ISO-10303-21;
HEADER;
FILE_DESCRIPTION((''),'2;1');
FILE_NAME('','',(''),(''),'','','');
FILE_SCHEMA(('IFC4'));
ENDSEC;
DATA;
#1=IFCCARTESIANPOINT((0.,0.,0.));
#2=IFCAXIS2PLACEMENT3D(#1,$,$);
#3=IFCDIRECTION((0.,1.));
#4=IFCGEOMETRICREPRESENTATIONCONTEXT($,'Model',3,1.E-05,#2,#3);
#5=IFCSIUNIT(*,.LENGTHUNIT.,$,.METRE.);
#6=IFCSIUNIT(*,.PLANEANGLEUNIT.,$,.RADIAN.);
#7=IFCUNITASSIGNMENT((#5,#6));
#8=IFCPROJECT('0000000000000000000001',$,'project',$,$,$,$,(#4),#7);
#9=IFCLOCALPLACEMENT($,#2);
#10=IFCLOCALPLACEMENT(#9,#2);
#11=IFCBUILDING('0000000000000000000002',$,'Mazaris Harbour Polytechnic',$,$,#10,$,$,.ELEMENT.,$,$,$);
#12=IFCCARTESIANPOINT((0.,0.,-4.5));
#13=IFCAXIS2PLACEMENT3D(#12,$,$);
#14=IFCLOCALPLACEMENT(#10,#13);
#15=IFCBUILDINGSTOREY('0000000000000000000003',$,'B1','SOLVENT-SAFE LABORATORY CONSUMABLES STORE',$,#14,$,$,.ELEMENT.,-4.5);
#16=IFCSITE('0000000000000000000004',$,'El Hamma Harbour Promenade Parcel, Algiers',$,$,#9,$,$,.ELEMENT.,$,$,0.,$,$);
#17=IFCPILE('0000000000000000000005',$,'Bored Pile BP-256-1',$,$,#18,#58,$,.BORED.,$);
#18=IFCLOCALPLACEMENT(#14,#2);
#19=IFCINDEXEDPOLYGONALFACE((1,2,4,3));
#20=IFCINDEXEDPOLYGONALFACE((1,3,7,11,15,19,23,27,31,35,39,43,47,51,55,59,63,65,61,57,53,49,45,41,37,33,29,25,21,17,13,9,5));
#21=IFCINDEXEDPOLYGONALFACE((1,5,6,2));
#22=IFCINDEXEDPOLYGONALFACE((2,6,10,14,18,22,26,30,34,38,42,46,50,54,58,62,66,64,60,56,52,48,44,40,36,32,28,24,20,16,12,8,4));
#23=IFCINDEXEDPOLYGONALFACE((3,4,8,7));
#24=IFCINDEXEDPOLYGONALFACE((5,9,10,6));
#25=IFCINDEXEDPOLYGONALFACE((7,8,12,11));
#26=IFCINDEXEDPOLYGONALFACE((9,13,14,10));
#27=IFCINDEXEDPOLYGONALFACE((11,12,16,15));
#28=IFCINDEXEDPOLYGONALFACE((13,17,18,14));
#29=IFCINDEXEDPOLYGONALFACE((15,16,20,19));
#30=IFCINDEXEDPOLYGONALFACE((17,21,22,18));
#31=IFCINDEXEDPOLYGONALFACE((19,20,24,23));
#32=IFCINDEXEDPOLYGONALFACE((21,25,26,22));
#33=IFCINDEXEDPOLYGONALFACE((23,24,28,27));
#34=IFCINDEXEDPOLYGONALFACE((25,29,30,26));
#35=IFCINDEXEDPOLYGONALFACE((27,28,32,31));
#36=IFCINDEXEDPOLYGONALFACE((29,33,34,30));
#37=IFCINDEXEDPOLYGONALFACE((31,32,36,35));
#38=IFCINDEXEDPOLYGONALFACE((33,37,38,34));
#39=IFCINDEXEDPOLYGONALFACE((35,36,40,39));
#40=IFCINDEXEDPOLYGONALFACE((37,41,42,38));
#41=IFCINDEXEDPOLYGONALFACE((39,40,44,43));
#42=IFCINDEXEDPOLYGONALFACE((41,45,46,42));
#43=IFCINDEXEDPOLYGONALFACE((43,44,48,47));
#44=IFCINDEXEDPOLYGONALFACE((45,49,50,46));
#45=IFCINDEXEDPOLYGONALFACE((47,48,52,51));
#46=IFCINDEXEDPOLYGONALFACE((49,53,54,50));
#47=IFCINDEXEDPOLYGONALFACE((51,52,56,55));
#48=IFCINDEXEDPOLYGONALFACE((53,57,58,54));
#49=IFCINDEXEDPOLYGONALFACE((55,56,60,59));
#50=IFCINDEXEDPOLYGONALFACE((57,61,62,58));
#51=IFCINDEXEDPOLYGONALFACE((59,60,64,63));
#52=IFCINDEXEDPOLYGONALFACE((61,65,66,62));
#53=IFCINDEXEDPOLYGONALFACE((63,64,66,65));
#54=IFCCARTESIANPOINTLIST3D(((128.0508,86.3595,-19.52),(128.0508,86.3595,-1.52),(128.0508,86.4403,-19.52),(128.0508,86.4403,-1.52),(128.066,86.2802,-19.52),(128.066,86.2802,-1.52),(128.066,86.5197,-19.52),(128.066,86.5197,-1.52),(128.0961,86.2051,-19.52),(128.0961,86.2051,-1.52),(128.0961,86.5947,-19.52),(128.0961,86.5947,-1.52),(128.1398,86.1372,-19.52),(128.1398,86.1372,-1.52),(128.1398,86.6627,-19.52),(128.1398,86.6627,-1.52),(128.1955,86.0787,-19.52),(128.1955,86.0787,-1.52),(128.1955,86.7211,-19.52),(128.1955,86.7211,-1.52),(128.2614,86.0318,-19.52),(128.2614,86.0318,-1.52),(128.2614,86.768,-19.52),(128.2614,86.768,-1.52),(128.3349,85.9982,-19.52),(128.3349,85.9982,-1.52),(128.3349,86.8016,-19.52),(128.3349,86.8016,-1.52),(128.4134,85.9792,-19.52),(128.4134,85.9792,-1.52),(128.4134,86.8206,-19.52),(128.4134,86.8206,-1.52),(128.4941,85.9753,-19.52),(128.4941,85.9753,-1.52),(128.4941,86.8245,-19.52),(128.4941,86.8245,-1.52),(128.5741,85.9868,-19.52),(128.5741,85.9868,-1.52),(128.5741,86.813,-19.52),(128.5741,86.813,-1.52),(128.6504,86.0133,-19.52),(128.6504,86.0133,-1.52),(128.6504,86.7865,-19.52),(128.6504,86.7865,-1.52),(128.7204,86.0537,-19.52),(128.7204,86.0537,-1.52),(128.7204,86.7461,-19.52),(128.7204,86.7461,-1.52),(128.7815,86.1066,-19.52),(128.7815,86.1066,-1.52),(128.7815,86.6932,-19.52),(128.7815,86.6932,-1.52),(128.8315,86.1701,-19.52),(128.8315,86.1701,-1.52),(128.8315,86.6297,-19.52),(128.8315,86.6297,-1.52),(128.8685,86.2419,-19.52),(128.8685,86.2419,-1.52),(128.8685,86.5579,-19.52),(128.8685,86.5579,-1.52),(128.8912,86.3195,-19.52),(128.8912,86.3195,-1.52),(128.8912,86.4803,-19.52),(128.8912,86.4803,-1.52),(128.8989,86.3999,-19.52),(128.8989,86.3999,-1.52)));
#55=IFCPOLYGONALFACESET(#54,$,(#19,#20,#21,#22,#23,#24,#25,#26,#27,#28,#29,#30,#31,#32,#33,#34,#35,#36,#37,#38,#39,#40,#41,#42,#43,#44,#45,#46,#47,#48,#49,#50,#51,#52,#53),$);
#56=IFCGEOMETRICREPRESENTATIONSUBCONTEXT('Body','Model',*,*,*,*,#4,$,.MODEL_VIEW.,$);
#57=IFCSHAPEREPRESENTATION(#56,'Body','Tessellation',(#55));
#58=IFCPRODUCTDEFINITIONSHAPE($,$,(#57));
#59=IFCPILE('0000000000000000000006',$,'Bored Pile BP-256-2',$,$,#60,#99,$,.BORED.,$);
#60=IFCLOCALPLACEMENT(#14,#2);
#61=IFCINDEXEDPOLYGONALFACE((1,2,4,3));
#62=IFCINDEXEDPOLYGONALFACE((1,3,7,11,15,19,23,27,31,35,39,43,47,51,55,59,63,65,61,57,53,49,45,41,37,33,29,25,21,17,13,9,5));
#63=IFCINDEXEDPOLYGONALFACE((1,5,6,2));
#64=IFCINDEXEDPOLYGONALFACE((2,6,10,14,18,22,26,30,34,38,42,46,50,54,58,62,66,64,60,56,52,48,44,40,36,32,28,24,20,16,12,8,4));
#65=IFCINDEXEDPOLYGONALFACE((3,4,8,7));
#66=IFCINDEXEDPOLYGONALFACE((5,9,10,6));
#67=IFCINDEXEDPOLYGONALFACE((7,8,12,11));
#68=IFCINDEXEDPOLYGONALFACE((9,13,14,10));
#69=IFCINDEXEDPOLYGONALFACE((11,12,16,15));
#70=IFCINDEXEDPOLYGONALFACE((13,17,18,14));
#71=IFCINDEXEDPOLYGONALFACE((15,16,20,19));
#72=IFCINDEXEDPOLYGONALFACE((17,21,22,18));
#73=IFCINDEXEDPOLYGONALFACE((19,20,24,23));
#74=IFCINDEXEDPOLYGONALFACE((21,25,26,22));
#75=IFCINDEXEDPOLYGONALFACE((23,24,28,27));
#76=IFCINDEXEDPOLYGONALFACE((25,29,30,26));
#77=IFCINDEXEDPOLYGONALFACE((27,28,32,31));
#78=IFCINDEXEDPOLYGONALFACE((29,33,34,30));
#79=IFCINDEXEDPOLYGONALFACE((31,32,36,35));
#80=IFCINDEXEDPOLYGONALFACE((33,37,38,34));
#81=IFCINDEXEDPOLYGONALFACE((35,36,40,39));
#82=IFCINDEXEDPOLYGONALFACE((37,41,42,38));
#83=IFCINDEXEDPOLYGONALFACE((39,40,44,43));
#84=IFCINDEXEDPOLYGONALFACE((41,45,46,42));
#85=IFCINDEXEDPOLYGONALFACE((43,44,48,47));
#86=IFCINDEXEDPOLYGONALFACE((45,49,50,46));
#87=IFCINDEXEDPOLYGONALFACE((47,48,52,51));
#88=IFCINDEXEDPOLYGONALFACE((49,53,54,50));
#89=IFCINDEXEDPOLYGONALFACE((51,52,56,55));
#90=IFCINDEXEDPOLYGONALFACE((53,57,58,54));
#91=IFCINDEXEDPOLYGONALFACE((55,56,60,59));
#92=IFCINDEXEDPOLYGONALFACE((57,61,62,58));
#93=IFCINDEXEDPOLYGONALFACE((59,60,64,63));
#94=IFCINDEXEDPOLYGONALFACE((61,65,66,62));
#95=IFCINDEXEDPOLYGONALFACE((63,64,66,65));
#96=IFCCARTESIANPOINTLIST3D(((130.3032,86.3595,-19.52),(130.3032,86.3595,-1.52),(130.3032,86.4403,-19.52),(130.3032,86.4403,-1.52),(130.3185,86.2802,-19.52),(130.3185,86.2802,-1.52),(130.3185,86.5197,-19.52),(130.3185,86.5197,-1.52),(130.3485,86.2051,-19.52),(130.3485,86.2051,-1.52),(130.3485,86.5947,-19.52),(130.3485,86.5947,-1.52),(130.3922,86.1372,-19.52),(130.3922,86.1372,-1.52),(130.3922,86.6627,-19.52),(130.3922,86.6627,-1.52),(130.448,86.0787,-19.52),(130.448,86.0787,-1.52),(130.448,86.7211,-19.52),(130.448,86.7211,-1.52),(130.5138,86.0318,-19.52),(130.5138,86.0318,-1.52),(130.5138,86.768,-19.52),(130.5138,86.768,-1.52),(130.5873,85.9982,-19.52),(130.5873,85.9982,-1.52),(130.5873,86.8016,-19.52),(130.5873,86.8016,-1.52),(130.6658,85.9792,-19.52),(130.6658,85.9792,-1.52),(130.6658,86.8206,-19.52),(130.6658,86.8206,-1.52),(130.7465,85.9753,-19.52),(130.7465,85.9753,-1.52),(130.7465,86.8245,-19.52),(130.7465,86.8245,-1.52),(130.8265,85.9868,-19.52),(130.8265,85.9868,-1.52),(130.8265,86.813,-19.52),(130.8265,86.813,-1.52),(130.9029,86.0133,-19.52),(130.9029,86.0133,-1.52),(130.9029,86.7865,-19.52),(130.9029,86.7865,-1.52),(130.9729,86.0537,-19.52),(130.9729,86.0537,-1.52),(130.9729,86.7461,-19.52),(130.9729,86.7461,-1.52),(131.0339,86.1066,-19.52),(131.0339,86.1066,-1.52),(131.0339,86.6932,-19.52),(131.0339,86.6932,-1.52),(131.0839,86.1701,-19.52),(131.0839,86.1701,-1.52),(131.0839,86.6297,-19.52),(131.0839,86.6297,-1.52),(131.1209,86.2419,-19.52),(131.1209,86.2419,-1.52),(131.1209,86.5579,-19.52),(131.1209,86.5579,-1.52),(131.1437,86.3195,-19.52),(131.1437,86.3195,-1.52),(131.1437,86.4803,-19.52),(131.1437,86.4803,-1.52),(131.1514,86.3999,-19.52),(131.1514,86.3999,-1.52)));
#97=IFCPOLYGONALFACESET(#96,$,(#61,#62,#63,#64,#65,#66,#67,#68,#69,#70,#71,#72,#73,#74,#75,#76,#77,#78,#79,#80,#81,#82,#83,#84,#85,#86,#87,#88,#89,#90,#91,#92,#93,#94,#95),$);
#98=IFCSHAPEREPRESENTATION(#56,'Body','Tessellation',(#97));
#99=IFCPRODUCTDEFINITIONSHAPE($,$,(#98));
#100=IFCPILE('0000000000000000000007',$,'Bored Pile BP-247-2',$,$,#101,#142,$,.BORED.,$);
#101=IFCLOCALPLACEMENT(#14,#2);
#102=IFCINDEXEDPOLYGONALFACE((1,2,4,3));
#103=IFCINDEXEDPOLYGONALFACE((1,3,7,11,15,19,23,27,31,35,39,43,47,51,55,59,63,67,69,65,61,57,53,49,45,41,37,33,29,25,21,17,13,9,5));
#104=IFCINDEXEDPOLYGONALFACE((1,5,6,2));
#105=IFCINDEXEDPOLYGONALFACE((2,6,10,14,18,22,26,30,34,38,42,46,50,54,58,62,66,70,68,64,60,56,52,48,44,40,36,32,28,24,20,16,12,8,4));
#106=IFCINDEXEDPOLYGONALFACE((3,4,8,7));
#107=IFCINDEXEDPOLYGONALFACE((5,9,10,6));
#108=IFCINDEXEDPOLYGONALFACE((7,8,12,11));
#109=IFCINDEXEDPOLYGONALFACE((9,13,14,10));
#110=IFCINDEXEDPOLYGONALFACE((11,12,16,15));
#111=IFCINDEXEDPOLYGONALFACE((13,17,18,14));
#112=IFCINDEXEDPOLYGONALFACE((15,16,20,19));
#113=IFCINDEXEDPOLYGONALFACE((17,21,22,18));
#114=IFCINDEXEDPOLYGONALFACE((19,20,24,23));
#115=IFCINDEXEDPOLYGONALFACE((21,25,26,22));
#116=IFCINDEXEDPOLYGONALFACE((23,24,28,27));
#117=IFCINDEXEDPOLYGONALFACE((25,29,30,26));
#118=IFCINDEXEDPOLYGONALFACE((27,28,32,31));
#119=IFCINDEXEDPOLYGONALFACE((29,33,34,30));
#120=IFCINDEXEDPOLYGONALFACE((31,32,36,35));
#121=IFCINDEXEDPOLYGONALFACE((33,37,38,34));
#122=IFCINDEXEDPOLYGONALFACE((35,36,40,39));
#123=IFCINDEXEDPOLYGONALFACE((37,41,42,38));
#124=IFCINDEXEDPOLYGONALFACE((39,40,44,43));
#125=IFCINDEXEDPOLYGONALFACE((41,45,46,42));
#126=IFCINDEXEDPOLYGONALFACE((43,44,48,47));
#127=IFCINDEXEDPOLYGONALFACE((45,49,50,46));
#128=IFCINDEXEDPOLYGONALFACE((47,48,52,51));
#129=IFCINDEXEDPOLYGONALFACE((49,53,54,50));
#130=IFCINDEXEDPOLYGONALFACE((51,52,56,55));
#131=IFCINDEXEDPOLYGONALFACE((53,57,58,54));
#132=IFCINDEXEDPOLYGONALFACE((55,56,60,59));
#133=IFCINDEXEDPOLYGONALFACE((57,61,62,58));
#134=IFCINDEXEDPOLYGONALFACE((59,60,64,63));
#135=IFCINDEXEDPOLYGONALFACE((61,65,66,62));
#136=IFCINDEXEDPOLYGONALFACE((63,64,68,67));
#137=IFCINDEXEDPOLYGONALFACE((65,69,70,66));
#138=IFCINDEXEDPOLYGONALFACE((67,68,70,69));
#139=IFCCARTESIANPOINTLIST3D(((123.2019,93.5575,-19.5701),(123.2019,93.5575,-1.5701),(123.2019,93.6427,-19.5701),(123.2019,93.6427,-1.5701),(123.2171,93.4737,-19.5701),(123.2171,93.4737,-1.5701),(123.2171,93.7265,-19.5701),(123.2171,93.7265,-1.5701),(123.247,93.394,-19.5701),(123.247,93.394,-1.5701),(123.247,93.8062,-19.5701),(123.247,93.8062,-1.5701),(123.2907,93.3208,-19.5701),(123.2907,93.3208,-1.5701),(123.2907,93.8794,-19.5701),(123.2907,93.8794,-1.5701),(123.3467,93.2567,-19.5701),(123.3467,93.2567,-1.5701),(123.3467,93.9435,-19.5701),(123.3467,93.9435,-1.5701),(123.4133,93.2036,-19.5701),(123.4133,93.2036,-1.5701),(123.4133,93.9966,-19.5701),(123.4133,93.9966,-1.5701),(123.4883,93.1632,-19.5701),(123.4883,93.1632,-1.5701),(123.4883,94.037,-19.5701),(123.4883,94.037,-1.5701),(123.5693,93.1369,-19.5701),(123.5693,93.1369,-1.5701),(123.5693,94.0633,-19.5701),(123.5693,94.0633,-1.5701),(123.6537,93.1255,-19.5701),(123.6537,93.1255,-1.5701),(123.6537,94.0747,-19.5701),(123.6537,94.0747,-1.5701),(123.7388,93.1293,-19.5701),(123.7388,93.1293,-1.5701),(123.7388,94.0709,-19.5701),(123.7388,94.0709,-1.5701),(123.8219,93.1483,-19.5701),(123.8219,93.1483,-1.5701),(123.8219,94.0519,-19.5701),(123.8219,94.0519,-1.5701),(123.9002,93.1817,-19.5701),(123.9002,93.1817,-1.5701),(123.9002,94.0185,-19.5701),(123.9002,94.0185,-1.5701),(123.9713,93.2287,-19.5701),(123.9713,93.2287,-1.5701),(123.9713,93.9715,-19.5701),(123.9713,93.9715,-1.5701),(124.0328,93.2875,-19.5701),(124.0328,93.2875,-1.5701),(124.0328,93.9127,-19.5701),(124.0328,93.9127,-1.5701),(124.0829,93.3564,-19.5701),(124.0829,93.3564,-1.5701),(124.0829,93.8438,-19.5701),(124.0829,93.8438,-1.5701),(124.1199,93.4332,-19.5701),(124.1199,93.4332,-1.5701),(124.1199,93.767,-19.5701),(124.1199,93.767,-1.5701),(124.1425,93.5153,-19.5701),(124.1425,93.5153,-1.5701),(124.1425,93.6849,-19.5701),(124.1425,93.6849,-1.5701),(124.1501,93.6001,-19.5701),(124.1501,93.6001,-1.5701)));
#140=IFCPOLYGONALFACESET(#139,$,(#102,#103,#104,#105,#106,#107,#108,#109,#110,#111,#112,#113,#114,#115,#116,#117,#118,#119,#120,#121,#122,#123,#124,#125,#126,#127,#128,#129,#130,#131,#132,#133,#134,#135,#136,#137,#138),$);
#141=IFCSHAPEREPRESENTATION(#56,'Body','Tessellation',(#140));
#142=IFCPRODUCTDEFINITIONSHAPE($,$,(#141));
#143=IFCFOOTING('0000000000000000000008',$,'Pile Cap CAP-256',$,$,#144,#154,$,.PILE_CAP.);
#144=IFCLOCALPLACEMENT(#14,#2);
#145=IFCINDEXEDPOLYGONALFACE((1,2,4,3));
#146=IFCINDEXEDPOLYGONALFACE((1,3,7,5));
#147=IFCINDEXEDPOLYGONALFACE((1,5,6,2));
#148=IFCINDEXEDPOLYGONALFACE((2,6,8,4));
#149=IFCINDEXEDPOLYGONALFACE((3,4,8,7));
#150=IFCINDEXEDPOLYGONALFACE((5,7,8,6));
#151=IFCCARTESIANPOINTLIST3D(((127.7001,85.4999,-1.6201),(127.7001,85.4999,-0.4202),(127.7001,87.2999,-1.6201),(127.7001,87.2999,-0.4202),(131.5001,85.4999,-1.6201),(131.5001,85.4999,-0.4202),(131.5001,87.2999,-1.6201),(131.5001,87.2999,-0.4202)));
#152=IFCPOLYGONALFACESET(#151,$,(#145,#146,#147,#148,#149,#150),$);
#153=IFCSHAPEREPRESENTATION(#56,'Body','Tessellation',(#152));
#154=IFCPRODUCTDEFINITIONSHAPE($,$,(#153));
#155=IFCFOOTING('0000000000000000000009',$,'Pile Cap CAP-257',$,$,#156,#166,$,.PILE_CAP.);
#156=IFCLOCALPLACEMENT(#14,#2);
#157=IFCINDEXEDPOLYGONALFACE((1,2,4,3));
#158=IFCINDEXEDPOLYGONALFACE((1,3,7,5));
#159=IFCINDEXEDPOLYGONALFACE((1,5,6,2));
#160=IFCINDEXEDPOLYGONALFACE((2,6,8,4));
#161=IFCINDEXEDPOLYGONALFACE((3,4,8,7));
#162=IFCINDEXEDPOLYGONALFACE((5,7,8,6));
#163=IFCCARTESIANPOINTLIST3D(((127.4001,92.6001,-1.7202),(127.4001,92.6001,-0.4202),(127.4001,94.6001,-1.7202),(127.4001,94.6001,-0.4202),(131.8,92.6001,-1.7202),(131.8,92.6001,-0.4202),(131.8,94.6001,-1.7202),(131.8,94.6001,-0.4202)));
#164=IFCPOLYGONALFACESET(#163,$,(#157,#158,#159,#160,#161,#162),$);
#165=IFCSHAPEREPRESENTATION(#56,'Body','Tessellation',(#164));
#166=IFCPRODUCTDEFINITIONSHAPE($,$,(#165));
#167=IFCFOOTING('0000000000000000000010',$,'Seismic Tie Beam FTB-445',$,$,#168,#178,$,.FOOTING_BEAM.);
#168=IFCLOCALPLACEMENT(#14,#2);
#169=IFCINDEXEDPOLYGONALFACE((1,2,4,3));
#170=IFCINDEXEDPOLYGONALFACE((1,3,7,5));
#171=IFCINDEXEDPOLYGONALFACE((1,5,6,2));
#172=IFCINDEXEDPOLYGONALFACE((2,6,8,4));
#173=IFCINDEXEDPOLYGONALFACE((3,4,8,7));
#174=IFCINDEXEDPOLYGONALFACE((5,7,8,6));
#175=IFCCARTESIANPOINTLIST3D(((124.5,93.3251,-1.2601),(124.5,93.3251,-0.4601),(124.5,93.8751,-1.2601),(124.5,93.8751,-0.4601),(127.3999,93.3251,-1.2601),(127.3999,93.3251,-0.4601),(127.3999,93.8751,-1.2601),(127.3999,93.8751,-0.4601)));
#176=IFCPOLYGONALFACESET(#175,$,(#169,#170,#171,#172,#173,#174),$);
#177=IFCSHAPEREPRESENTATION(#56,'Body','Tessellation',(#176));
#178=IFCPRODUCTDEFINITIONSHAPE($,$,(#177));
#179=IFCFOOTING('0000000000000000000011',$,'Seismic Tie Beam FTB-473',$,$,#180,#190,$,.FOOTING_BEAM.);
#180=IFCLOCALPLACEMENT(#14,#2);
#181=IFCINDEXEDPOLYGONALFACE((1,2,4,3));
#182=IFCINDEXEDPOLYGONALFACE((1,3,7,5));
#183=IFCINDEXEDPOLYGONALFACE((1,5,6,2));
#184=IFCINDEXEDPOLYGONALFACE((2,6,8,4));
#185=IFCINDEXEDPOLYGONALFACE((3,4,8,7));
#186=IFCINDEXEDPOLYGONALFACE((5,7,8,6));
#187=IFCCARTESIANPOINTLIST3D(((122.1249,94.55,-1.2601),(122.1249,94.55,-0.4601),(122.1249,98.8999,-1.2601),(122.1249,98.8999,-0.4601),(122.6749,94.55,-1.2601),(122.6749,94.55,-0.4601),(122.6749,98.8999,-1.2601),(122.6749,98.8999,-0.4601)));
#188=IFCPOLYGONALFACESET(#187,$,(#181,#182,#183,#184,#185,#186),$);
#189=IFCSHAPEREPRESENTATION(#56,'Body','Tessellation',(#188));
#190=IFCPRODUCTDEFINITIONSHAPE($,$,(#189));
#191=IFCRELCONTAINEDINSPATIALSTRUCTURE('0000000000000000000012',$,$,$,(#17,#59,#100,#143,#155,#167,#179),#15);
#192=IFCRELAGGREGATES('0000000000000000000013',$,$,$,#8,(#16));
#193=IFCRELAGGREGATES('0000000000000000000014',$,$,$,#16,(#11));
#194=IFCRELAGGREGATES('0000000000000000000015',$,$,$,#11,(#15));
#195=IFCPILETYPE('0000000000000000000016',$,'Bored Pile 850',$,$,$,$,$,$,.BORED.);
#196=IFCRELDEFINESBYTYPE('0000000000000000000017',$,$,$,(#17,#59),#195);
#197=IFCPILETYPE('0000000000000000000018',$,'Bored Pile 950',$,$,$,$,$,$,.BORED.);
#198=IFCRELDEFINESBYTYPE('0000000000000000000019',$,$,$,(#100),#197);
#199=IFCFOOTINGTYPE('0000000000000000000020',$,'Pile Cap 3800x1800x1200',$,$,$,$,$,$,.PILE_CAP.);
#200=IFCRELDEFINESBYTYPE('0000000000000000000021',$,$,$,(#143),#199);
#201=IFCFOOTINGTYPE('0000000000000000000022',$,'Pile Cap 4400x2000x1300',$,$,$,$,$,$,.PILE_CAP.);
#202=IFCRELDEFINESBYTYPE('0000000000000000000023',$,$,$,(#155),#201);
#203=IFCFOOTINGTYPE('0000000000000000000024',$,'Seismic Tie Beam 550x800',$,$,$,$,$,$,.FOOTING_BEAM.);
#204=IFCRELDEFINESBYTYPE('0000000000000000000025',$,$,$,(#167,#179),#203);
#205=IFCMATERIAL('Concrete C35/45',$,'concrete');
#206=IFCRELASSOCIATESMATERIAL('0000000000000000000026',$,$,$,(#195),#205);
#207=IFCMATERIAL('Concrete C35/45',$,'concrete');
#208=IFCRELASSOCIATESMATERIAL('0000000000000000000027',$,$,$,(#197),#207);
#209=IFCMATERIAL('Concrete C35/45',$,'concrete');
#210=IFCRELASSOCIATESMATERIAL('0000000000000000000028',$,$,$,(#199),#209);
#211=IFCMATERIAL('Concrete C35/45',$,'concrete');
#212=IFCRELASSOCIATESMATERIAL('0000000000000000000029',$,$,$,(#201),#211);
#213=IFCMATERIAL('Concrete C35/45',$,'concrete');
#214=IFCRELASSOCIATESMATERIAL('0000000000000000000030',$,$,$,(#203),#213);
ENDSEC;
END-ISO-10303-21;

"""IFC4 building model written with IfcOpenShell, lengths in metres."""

from ifc_helpers import new_model, si_unit, direction, frame, origin, origin_2d, place, context, subcontext, project, spatial, rectangle, circle, extrude, material, material_profile, profile_set, type_object, element, save


model = new_model("IFC4")

# Units and contexts
model_context = context("Model", 3, precision=1e-05, world=origin(), true_north=direction((0.0, 1.0)))
body_context = subcontext(model_context, "Body", "Model", "MODEL_VIEW")
ifc_project = project(units=[si_unit("LENGTHUNIT", "METRE"), si_unit("PLANEANGLEUNIT", "RADIAN")], contexts=[model_context])

# Site, building, storey
site_placement = place(None, origin())
site = spatial("IfcSite", under=ifc_project, at=site_placement, Name="El Hamma Harbour Promenade Parcel, Algiers", CompositionType="ELEMENT", RefElevation=0.0)
building_placement = place(site_placement, origin())
building = spatial("IfcBuilding", under=site, at=building_placement, Name="Mazaris Harbour Polytechnic", CompositionType="ELEMENT")
storey_placement = place(building_placement, frame((0.0, 0.0, -4.5)))
storey = spatial("IfcBuildingStorey", under=building, at=storey_placement, Name="B1", Description="SOLVENT-SAFE LABORATORY CONSUMABLES STORE", CompositionType="ELEMENT", Elevation=-4.5)

# Piles
ifc_material_1 = material(Name="Concrete C35/45", Category="concrete")
ifc_material_profile_1 = material_profile(ifc_material_1, circle(Radius=0.425, at=origin_2d()), Name="DIA850")
ifc_profile_set_1 = profile_set([ifc_material_profile_1], Name="Concrete C35/45")
pile_type_1 = type_object("IfcPileType", Name="Bored Pile 850", PredefinedType="BORED", material=ifc_profile_set_1)
for number, where, z_axis, x_axis, name in (
    (1, (128.4739, 86.3999, -1.52), (0.0, 0.0, -1.0), (1.0, 0.0, 0.0), "Bored Pile BP-256-1"),
    (2, (130.7263, 86.3999, -1.52), (0.0, 0.0, -1.0), (1.0, 0.0, 0.0), "Bored Pile BP-256-2"),
):
    element("IfcPile", number, at=place(storey_placement, frame(where, z_axis=z_axis, x_axis=x_axis)), inside=storey, type_object=pile_type_1, Name=name, PredefinedType="BORED", context=body_context, shape_type="SweptSolid", body=[
        extrude(circle(Radius=0.425, at=origin_2d()), origin(), (0.0, 0.0, 1.0), 18.0),
    ])
ifc_material_2 = material(Name="Concrete C35/45", Category="concrete")
ifc_material_profile_2 = material_profile(ifc_material_2, circle(Radius=0.4751, at=origin_2d()), Name="DIA950")
ifc_profile_set_2 = profile_set([ifc_material_profile_2], Name="Concrete C35/45")
pile_type_2 = type_object("IfcPileType", Name="Bored Pile 950", PredefinedType="BORED", material=ifc_profile_set_2)
pile_placement = place(storey_placement, frame((123.675, 93.6001, -1.5701), z_axis=(0.0, 0.0, -1.0), x_axis=(1.0, 0.0, 0.0)))
element("IfcPile", 3, at=pile_placement, inside=storey, type_object=pile_type_2, Name="Bored Pile BP-247-2", PredefinedType="BORED", context=body_context, shape_type="SweptSolid", body=[
    extrude(circle(Radius=0.4751, at=origin_2d()), origin(), (0.0, 0.0, 1.0), 18.0),
])

# Footings
ifc_material_3 = material(Name="Concrete C35/45", Category="concrete")
footing_type_1 = type_object("IfcFootingType", Name="Pile Cap 3800x1800x1200", PredefinedType="PILE_CAP", material=ifc_material_3)
footing_1_placement = place(storey_placement, frame((129.6001, 86.3999, -1.6201), z_axis=(0.0, 0.0, 1.0), x_axis=(1.0, 0.0, 0.0)))
element("IfcFooting", 4, at=footing_1_placement, inside=storey, type_object=footing_type_1, Name="Pile Cap CAP-256", PredefinedType="PILE_CAP", context=body_context, shape_type="SweptSolid", body=[
    extrude(rectangle(XDim=3.8, YDim=1.8, at=origin_2d()), origin(), (0.0, 0.0, 1.0), 1.2),
])
ifc_material_4 = material(Name="Concrete C35/45", Category="concrete")
footing_type_2 = type_object("IfcFootingType", Name="Pile Cap 4400x2000x1300", PredefinedType="PILE_CAP", material=ifc_material_4)
footing_2_placement = place(storey_placement, frame((129.6001, 93.6001, -1.7202), z_axis=(0.0, 0.0, 1.0), x_axis=(1.0, 0.0, 0.0)))
element("IfcFooting", 5, at=footing_2_placement, inside=storey, type_object=footing_type_2, Name="Pile Cap CAP-257", PredefinedType="PILE_CAP", context=body_context, shape_type="SweptSolid", body=[
    extrude(rectangle(XDim=4.3999, YDim=2.0, at=origin_2d()), origin(), (0.0, 0.0, 1.0), 1.3),
])
ifc_material_5 = material(Name="Concrete C35/45", Category="concrete")
ifc_material_profile_3 = material_profile(ifc_material_5, rectangle(XDim=0.55, YDim=0.8, at=origin_2d()), Name="RECT550x800")
ifc_profile_set_3 = profile_set([ifc_material_profile_3], Name="Concrete C35/45")
footing_type_3 = type_object("IfcFootingType", Name="Seismic Tie Beam 550x800", PredefinedType="FOOTING_BEAM", material=ifc_profile_set_3)
footing_3_placement = place(storey_placement, frame((124.5, 93.6001, -0.8601), z_axis=(1.0, 0.0, 0.0), x_axis=(0.0, 1.0, 0.0)))
element("IfcFooting", 6, at=footing_3_placement, inside=storey, type_object=footing_type_3, Name="Seismic Tie Beam FTB-445", PredefinedType="FOOTING_BEAM", context=body_context, shape_type="SweptSolid", body=[
    extrude(rectangle(XDim=0.55, YDim=0.8, at=origin_2d()), origin(), (0.0, 0.0, 1.0), 2.8999),
])
footing_4_placement = place(storey_placement, frame((122.3999, 94.55, -0.8601), z_axis=(0.0, 1.0, 0.0), x_axis=(-1.0, 0.0, 0.0)))
element("IfcFooting", 7, at=footing_4_placement, inside=storey, type_object=footing_type_3, Name="Seismic Tie Beam FTB-473", PredefinedType="FOOTING_BEAM", context=body_context, shape_type="SweptSolid", body=[
    extrude(rectangle(XDim=0.55, YDim=0.8, at=origin_2d()), origin(), (0.0, 0.0, 1.0), 4.3499),
])

save(model, "model.ifc")
